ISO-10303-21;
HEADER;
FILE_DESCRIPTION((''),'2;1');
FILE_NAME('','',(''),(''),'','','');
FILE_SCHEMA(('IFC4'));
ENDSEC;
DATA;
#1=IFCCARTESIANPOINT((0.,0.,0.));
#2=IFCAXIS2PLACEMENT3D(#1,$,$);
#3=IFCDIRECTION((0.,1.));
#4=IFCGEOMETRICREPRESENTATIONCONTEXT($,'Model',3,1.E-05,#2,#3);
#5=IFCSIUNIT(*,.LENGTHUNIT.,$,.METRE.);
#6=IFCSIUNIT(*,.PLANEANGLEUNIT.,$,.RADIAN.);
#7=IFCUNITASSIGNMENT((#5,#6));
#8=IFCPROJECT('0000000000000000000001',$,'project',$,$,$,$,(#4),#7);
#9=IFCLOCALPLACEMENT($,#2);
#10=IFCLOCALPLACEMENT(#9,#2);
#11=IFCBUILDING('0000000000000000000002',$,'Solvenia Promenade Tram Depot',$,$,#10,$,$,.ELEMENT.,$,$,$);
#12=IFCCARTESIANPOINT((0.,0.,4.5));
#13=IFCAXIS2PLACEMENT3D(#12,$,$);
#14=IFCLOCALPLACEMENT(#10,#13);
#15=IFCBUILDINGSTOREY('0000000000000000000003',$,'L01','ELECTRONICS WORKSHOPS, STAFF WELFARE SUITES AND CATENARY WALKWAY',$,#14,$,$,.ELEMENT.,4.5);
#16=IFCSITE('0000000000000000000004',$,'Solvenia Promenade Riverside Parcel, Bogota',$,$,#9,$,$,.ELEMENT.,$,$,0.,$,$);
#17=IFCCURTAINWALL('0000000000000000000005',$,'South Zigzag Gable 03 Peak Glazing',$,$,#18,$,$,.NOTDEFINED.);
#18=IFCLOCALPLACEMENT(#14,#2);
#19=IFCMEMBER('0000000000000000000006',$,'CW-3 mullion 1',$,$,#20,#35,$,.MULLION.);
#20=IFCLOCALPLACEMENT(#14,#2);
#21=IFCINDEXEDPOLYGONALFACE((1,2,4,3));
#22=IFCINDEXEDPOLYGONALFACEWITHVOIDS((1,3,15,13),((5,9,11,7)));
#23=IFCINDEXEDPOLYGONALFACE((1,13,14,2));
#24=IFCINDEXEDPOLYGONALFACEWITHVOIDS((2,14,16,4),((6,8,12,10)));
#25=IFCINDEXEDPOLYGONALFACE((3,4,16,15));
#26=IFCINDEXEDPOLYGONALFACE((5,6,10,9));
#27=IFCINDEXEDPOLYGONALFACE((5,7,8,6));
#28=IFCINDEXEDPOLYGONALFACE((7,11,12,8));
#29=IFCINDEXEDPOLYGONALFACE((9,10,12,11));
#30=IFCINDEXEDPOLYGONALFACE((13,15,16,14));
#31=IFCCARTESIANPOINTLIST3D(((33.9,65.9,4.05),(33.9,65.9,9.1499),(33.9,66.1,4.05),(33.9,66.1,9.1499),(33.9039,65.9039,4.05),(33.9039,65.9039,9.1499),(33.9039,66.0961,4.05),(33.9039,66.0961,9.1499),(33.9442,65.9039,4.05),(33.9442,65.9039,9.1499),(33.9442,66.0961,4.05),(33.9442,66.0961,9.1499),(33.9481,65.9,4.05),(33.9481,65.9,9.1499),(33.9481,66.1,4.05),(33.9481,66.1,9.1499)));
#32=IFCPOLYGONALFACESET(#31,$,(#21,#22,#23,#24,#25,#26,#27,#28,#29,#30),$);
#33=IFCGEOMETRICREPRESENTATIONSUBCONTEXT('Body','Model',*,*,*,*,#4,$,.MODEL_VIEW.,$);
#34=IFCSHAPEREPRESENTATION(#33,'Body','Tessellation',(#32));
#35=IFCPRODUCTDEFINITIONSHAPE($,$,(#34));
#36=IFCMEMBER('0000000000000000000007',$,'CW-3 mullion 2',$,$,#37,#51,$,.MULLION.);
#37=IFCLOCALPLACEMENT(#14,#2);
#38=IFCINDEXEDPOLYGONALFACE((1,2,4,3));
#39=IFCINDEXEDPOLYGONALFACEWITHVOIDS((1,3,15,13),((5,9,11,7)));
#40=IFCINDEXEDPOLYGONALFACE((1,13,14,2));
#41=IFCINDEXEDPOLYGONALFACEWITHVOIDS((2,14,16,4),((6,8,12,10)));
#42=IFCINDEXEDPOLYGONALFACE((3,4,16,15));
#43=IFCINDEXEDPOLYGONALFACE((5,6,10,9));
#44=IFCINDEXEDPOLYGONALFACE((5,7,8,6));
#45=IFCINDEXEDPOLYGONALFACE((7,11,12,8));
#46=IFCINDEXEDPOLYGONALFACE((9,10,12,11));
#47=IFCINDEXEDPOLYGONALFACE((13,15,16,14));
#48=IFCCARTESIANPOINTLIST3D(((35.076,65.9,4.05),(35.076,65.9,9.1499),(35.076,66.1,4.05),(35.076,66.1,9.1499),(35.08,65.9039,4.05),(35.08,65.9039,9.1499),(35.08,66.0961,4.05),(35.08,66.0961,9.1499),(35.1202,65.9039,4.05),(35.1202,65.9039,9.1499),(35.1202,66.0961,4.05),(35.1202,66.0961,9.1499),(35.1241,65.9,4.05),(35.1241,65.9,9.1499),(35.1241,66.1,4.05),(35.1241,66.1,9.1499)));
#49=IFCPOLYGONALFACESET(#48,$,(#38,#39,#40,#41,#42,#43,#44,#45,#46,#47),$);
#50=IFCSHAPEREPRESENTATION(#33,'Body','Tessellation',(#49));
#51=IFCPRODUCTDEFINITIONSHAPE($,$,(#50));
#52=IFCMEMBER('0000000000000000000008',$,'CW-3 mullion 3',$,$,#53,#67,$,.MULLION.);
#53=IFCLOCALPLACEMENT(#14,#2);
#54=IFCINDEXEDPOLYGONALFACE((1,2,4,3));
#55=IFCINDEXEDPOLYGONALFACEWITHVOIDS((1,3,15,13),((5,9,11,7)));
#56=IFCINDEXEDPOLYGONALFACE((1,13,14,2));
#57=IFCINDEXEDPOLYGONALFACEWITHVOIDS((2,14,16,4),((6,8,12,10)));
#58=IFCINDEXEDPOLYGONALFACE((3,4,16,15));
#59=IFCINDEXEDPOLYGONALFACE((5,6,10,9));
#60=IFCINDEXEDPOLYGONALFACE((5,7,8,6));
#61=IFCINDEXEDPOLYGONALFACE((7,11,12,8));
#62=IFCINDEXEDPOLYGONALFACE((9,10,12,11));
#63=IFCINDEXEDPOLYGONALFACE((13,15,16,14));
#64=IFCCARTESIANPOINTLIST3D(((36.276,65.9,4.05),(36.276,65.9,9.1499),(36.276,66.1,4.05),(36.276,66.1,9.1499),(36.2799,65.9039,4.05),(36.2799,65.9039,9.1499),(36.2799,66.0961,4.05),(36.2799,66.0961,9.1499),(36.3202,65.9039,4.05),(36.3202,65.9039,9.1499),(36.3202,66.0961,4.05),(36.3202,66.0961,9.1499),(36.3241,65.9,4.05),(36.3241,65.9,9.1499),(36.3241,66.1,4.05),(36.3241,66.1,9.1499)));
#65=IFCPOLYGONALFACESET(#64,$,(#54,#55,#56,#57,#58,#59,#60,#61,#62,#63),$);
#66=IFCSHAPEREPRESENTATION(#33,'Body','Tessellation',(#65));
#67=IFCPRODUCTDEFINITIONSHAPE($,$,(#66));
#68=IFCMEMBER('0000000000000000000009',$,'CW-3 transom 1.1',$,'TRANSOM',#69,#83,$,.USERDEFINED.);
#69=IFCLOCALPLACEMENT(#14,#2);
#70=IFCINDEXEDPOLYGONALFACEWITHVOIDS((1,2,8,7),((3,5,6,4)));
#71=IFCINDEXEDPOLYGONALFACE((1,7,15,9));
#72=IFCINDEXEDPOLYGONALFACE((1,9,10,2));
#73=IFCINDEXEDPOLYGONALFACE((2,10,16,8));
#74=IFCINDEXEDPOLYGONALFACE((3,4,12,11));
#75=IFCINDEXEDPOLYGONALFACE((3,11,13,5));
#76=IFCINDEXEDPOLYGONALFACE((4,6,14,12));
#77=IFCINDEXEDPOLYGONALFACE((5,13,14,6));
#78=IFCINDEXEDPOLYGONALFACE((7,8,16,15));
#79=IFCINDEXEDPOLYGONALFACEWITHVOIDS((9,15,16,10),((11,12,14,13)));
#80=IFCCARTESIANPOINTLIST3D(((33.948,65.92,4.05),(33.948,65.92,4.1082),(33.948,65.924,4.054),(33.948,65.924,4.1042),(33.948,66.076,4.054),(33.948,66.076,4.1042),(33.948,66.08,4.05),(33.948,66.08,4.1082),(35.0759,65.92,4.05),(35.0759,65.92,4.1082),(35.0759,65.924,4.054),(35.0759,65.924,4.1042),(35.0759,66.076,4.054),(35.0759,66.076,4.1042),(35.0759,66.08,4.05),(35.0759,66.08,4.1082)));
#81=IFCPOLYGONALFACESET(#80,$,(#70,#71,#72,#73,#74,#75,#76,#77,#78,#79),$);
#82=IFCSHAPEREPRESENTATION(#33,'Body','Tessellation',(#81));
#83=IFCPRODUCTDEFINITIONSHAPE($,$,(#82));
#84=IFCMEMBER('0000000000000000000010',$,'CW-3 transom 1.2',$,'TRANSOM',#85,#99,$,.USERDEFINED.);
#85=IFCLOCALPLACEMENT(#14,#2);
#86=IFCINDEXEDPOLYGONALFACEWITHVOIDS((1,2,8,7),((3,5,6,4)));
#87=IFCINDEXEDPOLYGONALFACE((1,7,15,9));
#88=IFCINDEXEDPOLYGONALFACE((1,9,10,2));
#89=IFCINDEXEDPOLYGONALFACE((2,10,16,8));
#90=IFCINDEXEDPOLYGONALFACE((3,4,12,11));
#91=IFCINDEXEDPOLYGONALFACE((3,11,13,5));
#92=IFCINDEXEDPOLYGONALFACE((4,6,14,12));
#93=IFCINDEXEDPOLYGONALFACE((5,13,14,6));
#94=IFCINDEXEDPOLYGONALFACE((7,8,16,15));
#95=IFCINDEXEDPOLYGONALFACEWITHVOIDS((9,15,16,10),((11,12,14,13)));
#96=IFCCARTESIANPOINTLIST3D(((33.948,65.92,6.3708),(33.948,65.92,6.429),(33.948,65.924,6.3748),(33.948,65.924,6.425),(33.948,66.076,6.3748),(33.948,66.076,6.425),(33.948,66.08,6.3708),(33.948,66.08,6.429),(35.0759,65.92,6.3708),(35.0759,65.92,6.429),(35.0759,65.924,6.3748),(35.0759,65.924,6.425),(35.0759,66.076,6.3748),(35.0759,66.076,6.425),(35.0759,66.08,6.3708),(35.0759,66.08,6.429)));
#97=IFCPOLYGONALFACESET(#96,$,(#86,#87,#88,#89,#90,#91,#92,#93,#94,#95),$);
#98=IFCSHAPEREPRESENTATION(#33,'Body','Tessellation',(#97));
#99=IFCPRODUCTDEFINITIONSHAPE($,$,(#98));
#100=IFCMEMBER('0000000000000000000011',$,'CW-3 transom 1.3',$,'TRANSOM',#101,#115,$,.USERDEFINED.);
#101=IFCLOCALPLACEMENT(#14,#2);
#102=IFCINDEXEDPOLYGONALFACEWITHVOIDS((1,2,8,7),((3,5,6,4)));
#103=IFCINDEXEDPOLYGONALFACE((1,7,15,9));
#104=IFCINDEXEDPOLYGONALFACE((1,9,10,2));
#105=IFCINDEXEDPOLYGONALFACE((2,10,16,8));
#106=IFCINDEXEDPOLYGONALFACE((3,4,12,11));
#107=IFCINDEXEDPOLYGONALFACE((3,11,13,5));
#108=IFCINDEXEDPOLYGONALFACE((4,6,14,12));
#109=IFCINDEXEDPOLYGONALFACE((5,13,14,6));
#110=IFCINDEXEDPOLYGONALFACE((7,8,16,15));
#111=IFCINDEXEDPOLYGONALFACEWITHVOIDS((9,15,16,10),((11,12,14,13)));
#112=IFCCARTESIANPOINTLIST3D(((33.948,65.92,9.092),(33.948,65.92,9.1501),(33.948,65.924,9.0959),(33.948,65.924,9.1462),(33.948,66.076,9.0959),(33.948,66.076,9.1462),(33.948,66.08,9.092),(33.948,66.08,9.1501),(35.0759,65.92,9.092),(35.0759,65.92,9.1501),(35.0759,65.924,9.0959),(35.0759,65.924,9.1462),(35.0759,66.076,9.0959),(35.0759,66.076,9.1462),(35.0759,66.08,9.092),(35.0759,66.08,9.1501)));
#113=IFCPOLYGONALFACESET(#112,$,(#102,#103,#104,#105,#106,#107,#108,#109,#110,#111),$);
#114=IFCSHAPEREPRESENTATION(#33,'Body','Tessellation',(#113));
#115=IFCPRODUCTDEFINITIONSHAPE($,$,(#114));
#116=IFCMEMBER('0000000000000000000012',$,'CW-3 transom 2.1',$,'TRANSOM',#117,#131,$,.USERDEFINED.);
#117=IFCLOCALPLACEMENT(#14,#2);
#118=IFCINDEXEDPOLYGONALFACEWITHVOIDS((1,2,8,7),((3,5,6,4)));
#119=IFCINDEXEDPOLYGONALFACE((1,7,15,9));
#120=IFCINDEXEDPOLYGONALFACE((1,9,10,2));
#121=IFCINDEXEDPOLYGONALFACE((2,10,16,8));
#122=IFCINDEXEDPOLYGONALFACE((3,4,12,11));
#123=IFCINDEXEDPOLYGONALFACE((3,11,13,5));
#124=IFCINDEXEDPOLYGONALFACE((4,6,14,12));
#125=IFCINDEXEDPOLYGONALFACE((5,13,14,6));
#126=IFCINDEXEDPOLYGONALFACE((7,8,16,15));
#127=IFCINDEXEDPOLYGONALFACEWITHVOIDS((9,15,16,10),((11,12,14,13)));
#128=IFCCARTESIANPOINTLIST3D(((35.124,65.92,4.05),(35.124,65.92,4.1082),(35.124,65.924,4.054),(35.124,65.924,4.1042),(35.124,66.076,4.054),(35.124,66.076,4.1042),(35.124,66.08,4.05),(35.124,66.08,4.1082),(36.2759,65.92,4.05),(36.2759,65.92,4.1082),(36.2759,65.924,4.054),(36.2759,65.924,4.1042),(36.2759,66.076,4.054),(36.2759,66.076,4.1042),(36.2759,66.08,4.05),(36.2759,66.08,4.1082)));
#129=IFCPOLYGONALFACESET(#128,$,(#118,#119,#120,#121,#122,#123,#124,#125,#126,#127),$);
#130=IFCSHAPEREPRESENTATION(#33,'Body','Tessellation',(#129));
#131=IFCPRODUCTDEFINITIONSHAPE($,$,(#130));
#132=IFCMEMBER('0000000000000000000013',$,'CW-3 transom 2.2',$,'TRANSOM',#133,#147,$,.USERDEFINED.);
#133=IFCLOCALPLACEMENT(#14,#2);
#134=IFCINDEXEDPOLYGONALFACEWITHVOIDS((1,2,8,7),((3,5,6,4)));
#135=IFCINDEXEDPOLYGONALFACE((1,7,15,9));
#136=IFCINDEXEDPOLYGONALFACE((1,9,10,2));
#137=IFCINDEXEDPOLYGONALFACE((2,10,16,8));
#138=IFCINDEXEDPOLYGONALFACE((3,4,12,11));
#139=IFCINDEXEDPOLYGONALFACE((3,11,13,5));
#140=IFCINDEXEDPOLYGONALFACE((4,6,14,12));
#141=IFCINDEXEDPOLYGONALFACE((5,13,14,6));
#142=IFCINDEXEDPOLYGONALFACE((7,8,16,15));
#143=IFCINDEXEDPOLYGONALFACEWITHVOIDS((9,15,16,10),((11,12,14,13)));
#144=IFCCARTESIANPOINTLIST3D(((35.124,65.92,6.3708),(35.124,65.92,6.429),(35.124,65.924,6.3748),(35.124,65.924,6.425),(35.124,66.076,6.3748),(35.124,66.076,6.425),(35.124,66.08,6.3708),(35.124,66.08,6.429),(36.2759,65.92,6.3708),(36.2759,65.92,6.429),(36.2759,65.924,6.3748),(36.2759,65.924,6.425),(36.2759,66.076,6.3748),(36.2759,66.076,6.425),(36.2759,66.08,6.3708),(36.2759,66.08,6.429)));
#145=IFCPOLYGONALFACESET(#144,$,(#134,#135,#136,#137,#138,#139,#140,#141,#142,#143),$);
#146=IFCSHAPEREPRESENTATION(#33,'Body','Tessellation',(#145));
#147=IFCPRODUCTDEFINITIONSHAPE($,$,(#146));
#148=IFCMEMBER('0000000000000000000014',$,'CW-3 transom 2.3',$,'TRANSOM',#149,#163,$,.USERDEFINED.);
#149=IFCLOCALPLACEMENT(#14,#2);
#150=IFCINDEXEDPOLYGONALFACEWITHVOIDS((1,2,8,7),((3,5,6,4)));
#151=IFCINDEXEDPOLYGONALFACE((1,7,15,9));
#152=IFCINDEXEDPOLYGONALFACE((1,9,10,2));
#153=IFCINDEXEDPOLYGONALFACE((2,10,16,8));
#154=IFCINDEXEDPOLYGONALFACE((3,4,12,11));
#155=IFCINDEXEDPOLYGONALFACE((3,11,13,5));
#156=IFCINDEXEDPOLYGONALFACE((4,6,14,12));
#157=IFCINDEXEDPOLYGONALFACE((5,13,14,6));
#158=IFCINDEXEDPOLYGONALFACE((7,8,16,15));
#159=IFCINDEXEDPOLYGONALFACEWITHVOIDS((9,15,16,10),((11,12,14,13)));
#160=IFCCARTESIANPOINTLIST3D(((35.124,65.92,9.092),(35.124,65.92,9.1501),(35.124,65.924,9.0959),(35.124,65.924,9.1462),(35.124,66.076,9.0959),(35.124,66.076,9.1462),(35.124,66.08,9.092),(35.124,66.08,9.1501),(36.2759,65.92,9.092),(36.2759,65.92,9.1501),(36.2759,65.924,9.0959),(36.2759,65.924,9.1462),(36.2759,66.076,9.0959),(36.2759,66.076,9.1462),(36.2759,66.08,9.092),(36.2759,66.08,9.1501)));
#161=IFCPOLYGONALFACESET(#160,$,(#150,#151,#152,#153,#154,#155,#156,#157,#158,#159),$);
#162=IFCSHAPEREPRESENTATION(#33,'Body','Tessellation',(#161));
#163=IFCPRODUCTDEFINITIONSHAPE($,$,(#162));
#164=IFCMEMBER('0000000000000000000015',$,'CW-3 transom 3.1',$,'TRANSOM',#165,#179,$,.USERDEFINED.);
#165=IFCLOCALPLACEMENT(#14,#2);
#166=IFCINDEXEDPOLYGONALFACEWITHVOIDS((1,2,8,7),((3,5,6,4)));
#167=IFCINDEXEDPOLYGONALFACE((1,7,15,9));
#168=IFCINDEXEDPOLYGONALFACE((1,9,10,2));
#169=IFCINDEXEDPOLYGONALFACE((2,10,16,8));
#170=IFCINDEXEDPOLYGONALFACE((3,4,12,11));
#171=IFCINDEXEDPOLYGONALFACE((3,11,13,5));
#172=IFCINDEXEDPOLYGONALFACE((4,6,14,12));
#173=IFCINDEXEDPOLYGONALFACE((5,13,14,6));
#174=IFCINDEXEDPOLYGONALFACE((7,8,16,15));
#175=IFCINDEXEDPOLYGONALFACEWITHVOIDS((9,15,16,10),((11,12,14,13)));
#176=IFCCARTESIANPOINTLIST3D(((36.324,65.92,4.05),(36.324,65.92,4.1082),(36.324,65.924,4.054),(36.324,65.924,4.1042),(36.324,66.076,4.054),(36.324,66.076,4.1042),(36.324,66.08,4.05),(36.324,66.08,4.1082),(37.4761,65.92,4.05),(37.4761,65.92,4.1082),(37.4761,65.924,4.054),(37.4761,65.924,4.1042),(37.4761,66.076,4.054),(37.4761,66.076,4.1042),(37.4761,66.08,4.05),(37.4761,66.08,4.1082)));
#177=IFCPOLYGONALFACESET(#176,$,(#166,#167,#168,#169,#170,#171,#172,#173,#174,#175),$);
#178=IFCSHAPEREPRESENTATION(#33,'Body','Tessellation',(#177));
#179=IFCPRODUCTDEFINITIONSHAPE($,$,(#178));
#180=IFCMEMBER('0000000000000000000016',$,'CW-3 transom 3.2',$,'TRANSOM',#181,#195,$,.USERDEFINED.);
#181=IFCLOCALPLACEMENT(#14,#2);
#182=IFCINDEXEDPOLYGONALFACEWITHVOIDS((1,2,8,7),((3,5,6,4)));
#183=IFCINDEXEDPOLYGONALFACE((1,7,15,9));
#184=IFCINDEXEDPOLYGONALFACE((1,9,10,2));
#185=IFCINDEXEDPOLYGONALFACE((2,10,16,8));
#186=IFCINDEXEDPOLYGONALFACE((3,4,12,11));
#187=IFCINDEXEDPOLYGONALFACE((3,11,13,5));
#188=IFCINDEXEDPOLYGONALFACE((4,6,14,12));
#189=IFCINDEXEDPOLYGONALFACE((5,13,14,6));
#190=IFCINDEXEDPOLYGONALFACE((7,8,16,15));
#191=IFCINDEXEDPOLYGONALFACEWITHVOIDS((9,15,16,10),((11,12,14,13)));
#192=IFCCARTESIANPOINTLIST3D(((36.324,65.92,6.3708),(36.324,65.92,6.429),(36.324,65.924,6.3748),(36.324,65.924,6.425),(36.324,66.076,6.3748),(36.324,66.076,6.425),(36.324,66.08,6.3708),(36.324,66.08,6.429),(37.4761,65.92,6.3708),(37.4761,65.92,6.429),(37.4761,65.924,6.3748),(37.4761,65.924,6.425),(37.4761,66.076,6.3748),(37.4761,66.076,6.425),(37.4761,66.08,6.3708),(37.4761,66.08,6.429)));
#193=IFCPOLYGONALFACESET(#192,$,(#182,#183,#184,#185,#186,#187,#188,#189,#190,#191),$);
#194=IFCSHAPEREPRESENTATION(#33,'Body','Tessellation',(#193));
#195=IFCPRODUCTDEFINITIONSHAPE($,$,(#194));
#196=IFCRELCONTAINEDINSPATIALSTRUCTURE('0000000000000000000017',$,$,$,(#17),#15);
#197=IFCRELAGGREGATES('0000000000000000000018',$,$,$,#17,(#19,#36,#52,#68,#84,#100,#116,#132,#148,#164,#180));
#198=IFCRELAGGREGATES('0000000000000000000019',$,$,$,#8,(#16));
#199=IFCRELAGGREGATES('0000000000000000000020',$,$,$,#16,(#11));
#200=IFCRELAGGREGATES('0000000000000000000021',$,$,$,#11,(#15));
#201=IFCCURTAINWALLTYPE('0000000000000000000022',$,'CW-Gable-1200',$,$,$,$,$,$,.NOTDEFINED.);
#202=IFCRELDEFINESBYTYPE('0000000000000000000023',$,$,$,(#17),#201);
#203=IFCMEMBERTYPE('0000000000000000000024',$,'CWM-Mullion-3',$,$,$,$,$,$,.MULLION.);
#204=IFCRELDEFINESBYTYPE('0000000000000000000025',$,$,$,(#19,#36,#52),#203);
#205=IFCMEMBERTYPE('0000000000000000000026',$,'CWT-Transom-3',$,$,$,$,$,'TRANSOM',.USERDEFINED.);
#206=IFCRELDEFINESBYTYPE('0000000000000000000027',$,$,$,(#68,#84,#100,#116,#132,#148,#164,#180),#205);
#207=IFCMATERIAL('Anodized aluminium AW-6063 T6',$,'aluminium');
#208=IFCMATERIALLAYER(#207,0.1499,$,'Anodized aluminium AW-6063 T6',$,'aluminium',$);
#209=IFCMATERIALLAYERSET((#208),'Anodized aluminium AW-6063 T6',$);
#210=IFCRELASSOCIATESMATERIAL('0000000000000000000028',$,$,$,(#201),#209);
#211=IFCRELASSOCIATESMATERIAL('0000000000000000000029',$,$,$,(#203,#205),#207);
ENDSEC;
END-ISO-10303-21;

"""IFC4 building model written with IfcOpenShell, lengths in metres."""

from ifc_helpers import new_model, si_unit, direction, frame, origin, origin_2d, place, context, subcontext, project, spatial, hollow_rectangle, extrude, material, layer, layer_set, material_profile, profile_set, type_object, element, aggregate, save


model = new_model("IFC4")

# Units and contexts
model_context = context("Model", 3, precision=1e-05, world=origin(), true_north=direction((0.0, 1.0)))
body_context = subcontext(model_context, "Body", "Model", "MODEL_VIEW")
ifc_project = project(units=[si_unit("LENGTHUNIT", "METRE"), si_unit("PLANEANGLEUNIT", "RADIAN")], contexts=[model_context])

# Site, building, storey
site_placement = place(None, origin())
site = spatial("IfcSite", under=ifc_project, at=site_placement, Name="Solvenia Promenade Riverside Parcel, Bogota", CompositionType="ELEMENT", RefElevation=0.0)
building_placement = place(site_placement, origin())
building = spatial("IfcBuilding", under=site, at=building_placement, Name="Solvenia Promenade Tram Depot", CompositionType="ELEMENT")
storey_placement = place(building_placement, frame((0.0, 0.0, 4.5)))
storey = spatial("IfcBuildingStorey", under=building, at=storey_placement, Name="L01", Description="ELECTRONICS WORKSHOPS, STAFF WELFARE SUITES AND CATENARY WALKWAY", CompositionType="ELEMENT", Elevation=4.5)

# Curtain wall, members
ifc_material_1 = material(Name="Anodized aluminium AW-6063 T6", Category="aluminium")
ifc_layer_1 = layer(ifc_material_1, 0.1499, Name="Anodized aluminium AW-6063 T6", Category="aluminium")
ifc_layer_set_1 = layer_set([ifc_layer_1], Name="Anodized aluminium AW-6063 T6")
curtain_wall_type = type_object("IfcCurtainWallType", Name="CW-Gable-1200", PredefinedType="NOTDEFINED", material=ifc_layer_set_1)
curtain_wall_placement = place(storey_placement, origin())
curtain_wall = element("IfcCurtainWall", 1, at=curtain_wall_placement, inside=storey, type_object=curtain_wall_type, Name="South Zigzag Gable 03 Peak Glazing", PredefinedType="NOTDEFINED")
ifc_material_profile_1 = material_profile(ifc_material_1, hollow_rectangle(XDim=0.2, YDim=0.0481, WallThickness=0.0039, at=origin_2d()), Name="ALU-M3", Category="aluminium")
ifc_profile_set_1 = profile_set([ifc_material_profile_1], Name="Anodized aluminium AW-6063 T6")
member_type_1 = type_object("IfcMemberType", Name="CWM-Mullion-3", PredefinedType="MULLION", material=ifc_profile_set_1)
member_1_placement = place(storey_placement, frame((33.9241, 66.0, 4.05), z_axis=(0.0, 0.0, 1.0), x_axis=(0.0, 1.0, 0.0)))
member_1 = element("IfcMember", 2, at=member_1_placement, type_object=member_type_1, Name="CW-3 mullion 1", PredefinedType="MULLION", context=body_context, shape_type="SweptSolid", body=[
    extrude(hollow_rectangle(XDim=0.2, YDim=0.0481, WallThickness=0.0039, at=origin_2d()), origin(), (0.0, 0.0, 1.0), 5.0999),
])
member_2_placement = place(storey_placement, frame((35.1001, 66.0, 4.05), z_axis=(0.0, 0.0, 1.0), x_axis=(0.0, 1.0, 0.0)))
member_2 = element("IfcMember", 3, at=member_2_placement, type_object=member_type_1, Name="CW-3 mullion 2", PredefinedType="MULLION", context=body_context, shape_type="SweptSolid", body=[
    extrude(hollow_rectangle(XDim=0.2, YDim=0.0481, WallThickness=0.0039, at=origin_2d()), origin(), (0.0, 0.0, 1.0), 5.0999),
])
member_3_placement = place(storey_placement, frame((36.3, 66.0, 4.05), z_axis=(0.0, 0.0, 1.0), x_axis=(0.0, 1.0, 0.0)))
member_3 = element("IfcMember", 4, at=member_3_placement, type_object=member_type_1, Name="CW-3 mullion 3", PredefinedType="MULLION", context=body_context, shape_type="SweptSolid", body=[
    extrude(hollow_rectangle(XDim=0.2, YDim=0.0481, WallThickness=0.0039, at=origin_2d()), origin(), (0.0, 0.0, 1.0), 5.0999),
])
ifc_material_profile_2 = material_profile(ifc_material_1, hollow_rectangle(XDim=0.1599, YDim=0.0581, WallThickness=0.0039, at=origin_2d()), Name="ALU-T3", Category="aluminium")
ifc_profile_set_2 = profile_set([ifc_material_profile_2], Name="Anodized aluminium AW-6063 T6")
member_type_2 = type_object("IfcMemberType", Name="CWT-Transom-3", ElementType="TRANSOM", PredefinedType="USERDEFINED", material=ifc_profile_set_2)
member_4_placement = place(storey_placement, frame((33.948, 66.0, 4.0791), z_axis=(1.0, 0.0, 0.0), x_axis=(0.0, 1.0, 0.0)))
member_4 = element("IfcMember", 5, at=member_4_placement, type_object=member_type_2, Name="CW-3 transom 1.1", ObjectType="TRANSOM", PredefinedType="USERDEFINED", context=body_context, shape_type="SweptSolid", body=[
    extrude(hollow_rectangle(XDim=0.1599, YDim=0.0581, WallThickness=0.0039, at=origin_2d()), origin(), (0.0, 0.0, 1.0), 1.1279),
])
member_5_placement = place(storey_placement, frame((33.948, 66.0, 6.3999), z_axis=(1.0, 0.0, 0.0), x_axis=(0.0, 1.0, 0.0)))
member_5 = element("IfcMember", 6, at=member_5_placement, type_object=member_type_2, Name="CW-3 transom 1.2", ObjectType="TRANSOM", PredefinedType="USERDEFINED", context=body_context, shape_type="SweptSolid", body=[
    extrude(hollow_rectangle(XDim=0.1599, YDim=0.0581, WallThickness=0.0039, at=origin_2d()), origin(), (0.0, 0.0, 1.0), 1.1279),
])
member_6_placement = place(storey_placement, frame((33.948, 66.0, 9.1211), z_axis=(1.0, 0.0, 0.0), x_axis=(0.0, 1.0, 0.0)))
member_6 = element("IfcMember", 7, at=member_6_placement, type_object=member_type_2, Name="CW-3 transom 1.3", ObjectType="TRANSOM", PredefinedType="USERDEFINED", context=body_context, shape_type="SweptSolid", body=[
    extrude(hollow_rectangle(XDim=0.1599, YDim=0.0581, WallThickness=0.0039, at=origin_2d()), origin(), (0.0, 0.0, 1.0), 1.1279),
])
member_7_placement = place(storey_placement, frame((35.124, 66.0, 4.0791), z_axis=(1.0, 0.0, 0.0), x_axis=(0.0, 1.0, 0.0)))
member_7 = element("IfcMember", 8, at=member_7_placement, type_object=member_type_2, Name="CW-3 transom 2.1", ObjectType="TRANSOM", PredefinedType="USERDEFINED", context=body_context, shape_type="SweptSolid", body=[
    extrude(hollow_rectangle(XDim=0.1599, YDim=0.0581, WallThickness=0.0039, at=origin_2d()), origin(), (0.0, 0.0, 1.0), 1.1519),
])
member_8_placement = place(storey_placement, frame((35.124, 66.0, 6.3999), z_axis=(1.0, 0.0, 0.0), x_axis=(0.0, 1.0, 0.0)))
member_8 = element("IfcMember", 9, at=member_8_placement, type_object=member_type_2, Name="CW-3 transom 2.2", ObjectType="TRANSOM", PredefinedType="USERDEFINED", context=body_context, shape_type="SweptSolid", body=[
    extrude(hollow_rectangle(XDim=0.1599, YDim=0.0581, WallThickness=0.0039, at=origin_2d()), origin(), (0.0, 0.0, 1.0), 1.1519),
])
member_9_placement = place(storey_placement, frame((35.124, 66.0, 9.1211), z_axis=(1.0, 0.0, 0.0), x_axis=(0.0, 1.0, 0.0)))
member_9 = element("IfcMember", 10, at=member_9_placement, type_object=member_type_2, Name="CW-3 transom 2.3", ObjectType="TRANSOM", PredefinedType="USERDEFINED", context=body_context, shape_type="SweptSolid", body=[
    extrude(hollow_rectangle(XDim=0.1599, YDim=0.0581, WallThickness=0.0039, at=origin_2d()), origin(), (0.0, 0.0, 1.0), 1.1519),
])
member_10_placement = place(storey_placement, frame((36.324, 66.0, 4.0791), z_axis=(1.0, 0.0, 0.0), x_axis=(0.0, 1.0, 0.0)))
member_10 = element("IfcMember", 11, at=member_10_placement, type_object=member_type_2, Name="CW-3 transom 3.1", ObjectType="TRANSOM", PredefinedType="USERDEFINED", context=body_context, shape_type="SweptSolid", body=[
    extrude(hollow_rectangle(XDim=0.1599, YDim=0.0581, WallThickness=0.0039, at=origin_2d()), origin(), (0.0, 0.0, 1.0), 1.1521),
])
member_11_placement = place(storey_placement, frame((36.324, 66.0, 6.3999), z_axis=(1.0, 0.0, 0.0), x_axis=(0.0, 1.0, 0.0)))
member_11 = element("IfcMember", 12, at=member_11_placement, type_object=member_type_2, Name="CW-3 transom 3.2", ObjectType="TRANSOM", PredefinedType="USERDEFINED", context=body_context, shape_type="SweptSolid", body=[
    extrude(hollow_rectangle(XDim=0.1599, YDim=0.0581, WallThickness=0.0039, at=origin_2d()), origin(), (0.0, 0.0, 1.0), 1.1521),
])

aggregate(curtain_wall, [member_1, member_2, member_3, member_4, member_5, member_6, member_7, member_8, member_9, member_10, member_11])

save(model, "model.ifc")
